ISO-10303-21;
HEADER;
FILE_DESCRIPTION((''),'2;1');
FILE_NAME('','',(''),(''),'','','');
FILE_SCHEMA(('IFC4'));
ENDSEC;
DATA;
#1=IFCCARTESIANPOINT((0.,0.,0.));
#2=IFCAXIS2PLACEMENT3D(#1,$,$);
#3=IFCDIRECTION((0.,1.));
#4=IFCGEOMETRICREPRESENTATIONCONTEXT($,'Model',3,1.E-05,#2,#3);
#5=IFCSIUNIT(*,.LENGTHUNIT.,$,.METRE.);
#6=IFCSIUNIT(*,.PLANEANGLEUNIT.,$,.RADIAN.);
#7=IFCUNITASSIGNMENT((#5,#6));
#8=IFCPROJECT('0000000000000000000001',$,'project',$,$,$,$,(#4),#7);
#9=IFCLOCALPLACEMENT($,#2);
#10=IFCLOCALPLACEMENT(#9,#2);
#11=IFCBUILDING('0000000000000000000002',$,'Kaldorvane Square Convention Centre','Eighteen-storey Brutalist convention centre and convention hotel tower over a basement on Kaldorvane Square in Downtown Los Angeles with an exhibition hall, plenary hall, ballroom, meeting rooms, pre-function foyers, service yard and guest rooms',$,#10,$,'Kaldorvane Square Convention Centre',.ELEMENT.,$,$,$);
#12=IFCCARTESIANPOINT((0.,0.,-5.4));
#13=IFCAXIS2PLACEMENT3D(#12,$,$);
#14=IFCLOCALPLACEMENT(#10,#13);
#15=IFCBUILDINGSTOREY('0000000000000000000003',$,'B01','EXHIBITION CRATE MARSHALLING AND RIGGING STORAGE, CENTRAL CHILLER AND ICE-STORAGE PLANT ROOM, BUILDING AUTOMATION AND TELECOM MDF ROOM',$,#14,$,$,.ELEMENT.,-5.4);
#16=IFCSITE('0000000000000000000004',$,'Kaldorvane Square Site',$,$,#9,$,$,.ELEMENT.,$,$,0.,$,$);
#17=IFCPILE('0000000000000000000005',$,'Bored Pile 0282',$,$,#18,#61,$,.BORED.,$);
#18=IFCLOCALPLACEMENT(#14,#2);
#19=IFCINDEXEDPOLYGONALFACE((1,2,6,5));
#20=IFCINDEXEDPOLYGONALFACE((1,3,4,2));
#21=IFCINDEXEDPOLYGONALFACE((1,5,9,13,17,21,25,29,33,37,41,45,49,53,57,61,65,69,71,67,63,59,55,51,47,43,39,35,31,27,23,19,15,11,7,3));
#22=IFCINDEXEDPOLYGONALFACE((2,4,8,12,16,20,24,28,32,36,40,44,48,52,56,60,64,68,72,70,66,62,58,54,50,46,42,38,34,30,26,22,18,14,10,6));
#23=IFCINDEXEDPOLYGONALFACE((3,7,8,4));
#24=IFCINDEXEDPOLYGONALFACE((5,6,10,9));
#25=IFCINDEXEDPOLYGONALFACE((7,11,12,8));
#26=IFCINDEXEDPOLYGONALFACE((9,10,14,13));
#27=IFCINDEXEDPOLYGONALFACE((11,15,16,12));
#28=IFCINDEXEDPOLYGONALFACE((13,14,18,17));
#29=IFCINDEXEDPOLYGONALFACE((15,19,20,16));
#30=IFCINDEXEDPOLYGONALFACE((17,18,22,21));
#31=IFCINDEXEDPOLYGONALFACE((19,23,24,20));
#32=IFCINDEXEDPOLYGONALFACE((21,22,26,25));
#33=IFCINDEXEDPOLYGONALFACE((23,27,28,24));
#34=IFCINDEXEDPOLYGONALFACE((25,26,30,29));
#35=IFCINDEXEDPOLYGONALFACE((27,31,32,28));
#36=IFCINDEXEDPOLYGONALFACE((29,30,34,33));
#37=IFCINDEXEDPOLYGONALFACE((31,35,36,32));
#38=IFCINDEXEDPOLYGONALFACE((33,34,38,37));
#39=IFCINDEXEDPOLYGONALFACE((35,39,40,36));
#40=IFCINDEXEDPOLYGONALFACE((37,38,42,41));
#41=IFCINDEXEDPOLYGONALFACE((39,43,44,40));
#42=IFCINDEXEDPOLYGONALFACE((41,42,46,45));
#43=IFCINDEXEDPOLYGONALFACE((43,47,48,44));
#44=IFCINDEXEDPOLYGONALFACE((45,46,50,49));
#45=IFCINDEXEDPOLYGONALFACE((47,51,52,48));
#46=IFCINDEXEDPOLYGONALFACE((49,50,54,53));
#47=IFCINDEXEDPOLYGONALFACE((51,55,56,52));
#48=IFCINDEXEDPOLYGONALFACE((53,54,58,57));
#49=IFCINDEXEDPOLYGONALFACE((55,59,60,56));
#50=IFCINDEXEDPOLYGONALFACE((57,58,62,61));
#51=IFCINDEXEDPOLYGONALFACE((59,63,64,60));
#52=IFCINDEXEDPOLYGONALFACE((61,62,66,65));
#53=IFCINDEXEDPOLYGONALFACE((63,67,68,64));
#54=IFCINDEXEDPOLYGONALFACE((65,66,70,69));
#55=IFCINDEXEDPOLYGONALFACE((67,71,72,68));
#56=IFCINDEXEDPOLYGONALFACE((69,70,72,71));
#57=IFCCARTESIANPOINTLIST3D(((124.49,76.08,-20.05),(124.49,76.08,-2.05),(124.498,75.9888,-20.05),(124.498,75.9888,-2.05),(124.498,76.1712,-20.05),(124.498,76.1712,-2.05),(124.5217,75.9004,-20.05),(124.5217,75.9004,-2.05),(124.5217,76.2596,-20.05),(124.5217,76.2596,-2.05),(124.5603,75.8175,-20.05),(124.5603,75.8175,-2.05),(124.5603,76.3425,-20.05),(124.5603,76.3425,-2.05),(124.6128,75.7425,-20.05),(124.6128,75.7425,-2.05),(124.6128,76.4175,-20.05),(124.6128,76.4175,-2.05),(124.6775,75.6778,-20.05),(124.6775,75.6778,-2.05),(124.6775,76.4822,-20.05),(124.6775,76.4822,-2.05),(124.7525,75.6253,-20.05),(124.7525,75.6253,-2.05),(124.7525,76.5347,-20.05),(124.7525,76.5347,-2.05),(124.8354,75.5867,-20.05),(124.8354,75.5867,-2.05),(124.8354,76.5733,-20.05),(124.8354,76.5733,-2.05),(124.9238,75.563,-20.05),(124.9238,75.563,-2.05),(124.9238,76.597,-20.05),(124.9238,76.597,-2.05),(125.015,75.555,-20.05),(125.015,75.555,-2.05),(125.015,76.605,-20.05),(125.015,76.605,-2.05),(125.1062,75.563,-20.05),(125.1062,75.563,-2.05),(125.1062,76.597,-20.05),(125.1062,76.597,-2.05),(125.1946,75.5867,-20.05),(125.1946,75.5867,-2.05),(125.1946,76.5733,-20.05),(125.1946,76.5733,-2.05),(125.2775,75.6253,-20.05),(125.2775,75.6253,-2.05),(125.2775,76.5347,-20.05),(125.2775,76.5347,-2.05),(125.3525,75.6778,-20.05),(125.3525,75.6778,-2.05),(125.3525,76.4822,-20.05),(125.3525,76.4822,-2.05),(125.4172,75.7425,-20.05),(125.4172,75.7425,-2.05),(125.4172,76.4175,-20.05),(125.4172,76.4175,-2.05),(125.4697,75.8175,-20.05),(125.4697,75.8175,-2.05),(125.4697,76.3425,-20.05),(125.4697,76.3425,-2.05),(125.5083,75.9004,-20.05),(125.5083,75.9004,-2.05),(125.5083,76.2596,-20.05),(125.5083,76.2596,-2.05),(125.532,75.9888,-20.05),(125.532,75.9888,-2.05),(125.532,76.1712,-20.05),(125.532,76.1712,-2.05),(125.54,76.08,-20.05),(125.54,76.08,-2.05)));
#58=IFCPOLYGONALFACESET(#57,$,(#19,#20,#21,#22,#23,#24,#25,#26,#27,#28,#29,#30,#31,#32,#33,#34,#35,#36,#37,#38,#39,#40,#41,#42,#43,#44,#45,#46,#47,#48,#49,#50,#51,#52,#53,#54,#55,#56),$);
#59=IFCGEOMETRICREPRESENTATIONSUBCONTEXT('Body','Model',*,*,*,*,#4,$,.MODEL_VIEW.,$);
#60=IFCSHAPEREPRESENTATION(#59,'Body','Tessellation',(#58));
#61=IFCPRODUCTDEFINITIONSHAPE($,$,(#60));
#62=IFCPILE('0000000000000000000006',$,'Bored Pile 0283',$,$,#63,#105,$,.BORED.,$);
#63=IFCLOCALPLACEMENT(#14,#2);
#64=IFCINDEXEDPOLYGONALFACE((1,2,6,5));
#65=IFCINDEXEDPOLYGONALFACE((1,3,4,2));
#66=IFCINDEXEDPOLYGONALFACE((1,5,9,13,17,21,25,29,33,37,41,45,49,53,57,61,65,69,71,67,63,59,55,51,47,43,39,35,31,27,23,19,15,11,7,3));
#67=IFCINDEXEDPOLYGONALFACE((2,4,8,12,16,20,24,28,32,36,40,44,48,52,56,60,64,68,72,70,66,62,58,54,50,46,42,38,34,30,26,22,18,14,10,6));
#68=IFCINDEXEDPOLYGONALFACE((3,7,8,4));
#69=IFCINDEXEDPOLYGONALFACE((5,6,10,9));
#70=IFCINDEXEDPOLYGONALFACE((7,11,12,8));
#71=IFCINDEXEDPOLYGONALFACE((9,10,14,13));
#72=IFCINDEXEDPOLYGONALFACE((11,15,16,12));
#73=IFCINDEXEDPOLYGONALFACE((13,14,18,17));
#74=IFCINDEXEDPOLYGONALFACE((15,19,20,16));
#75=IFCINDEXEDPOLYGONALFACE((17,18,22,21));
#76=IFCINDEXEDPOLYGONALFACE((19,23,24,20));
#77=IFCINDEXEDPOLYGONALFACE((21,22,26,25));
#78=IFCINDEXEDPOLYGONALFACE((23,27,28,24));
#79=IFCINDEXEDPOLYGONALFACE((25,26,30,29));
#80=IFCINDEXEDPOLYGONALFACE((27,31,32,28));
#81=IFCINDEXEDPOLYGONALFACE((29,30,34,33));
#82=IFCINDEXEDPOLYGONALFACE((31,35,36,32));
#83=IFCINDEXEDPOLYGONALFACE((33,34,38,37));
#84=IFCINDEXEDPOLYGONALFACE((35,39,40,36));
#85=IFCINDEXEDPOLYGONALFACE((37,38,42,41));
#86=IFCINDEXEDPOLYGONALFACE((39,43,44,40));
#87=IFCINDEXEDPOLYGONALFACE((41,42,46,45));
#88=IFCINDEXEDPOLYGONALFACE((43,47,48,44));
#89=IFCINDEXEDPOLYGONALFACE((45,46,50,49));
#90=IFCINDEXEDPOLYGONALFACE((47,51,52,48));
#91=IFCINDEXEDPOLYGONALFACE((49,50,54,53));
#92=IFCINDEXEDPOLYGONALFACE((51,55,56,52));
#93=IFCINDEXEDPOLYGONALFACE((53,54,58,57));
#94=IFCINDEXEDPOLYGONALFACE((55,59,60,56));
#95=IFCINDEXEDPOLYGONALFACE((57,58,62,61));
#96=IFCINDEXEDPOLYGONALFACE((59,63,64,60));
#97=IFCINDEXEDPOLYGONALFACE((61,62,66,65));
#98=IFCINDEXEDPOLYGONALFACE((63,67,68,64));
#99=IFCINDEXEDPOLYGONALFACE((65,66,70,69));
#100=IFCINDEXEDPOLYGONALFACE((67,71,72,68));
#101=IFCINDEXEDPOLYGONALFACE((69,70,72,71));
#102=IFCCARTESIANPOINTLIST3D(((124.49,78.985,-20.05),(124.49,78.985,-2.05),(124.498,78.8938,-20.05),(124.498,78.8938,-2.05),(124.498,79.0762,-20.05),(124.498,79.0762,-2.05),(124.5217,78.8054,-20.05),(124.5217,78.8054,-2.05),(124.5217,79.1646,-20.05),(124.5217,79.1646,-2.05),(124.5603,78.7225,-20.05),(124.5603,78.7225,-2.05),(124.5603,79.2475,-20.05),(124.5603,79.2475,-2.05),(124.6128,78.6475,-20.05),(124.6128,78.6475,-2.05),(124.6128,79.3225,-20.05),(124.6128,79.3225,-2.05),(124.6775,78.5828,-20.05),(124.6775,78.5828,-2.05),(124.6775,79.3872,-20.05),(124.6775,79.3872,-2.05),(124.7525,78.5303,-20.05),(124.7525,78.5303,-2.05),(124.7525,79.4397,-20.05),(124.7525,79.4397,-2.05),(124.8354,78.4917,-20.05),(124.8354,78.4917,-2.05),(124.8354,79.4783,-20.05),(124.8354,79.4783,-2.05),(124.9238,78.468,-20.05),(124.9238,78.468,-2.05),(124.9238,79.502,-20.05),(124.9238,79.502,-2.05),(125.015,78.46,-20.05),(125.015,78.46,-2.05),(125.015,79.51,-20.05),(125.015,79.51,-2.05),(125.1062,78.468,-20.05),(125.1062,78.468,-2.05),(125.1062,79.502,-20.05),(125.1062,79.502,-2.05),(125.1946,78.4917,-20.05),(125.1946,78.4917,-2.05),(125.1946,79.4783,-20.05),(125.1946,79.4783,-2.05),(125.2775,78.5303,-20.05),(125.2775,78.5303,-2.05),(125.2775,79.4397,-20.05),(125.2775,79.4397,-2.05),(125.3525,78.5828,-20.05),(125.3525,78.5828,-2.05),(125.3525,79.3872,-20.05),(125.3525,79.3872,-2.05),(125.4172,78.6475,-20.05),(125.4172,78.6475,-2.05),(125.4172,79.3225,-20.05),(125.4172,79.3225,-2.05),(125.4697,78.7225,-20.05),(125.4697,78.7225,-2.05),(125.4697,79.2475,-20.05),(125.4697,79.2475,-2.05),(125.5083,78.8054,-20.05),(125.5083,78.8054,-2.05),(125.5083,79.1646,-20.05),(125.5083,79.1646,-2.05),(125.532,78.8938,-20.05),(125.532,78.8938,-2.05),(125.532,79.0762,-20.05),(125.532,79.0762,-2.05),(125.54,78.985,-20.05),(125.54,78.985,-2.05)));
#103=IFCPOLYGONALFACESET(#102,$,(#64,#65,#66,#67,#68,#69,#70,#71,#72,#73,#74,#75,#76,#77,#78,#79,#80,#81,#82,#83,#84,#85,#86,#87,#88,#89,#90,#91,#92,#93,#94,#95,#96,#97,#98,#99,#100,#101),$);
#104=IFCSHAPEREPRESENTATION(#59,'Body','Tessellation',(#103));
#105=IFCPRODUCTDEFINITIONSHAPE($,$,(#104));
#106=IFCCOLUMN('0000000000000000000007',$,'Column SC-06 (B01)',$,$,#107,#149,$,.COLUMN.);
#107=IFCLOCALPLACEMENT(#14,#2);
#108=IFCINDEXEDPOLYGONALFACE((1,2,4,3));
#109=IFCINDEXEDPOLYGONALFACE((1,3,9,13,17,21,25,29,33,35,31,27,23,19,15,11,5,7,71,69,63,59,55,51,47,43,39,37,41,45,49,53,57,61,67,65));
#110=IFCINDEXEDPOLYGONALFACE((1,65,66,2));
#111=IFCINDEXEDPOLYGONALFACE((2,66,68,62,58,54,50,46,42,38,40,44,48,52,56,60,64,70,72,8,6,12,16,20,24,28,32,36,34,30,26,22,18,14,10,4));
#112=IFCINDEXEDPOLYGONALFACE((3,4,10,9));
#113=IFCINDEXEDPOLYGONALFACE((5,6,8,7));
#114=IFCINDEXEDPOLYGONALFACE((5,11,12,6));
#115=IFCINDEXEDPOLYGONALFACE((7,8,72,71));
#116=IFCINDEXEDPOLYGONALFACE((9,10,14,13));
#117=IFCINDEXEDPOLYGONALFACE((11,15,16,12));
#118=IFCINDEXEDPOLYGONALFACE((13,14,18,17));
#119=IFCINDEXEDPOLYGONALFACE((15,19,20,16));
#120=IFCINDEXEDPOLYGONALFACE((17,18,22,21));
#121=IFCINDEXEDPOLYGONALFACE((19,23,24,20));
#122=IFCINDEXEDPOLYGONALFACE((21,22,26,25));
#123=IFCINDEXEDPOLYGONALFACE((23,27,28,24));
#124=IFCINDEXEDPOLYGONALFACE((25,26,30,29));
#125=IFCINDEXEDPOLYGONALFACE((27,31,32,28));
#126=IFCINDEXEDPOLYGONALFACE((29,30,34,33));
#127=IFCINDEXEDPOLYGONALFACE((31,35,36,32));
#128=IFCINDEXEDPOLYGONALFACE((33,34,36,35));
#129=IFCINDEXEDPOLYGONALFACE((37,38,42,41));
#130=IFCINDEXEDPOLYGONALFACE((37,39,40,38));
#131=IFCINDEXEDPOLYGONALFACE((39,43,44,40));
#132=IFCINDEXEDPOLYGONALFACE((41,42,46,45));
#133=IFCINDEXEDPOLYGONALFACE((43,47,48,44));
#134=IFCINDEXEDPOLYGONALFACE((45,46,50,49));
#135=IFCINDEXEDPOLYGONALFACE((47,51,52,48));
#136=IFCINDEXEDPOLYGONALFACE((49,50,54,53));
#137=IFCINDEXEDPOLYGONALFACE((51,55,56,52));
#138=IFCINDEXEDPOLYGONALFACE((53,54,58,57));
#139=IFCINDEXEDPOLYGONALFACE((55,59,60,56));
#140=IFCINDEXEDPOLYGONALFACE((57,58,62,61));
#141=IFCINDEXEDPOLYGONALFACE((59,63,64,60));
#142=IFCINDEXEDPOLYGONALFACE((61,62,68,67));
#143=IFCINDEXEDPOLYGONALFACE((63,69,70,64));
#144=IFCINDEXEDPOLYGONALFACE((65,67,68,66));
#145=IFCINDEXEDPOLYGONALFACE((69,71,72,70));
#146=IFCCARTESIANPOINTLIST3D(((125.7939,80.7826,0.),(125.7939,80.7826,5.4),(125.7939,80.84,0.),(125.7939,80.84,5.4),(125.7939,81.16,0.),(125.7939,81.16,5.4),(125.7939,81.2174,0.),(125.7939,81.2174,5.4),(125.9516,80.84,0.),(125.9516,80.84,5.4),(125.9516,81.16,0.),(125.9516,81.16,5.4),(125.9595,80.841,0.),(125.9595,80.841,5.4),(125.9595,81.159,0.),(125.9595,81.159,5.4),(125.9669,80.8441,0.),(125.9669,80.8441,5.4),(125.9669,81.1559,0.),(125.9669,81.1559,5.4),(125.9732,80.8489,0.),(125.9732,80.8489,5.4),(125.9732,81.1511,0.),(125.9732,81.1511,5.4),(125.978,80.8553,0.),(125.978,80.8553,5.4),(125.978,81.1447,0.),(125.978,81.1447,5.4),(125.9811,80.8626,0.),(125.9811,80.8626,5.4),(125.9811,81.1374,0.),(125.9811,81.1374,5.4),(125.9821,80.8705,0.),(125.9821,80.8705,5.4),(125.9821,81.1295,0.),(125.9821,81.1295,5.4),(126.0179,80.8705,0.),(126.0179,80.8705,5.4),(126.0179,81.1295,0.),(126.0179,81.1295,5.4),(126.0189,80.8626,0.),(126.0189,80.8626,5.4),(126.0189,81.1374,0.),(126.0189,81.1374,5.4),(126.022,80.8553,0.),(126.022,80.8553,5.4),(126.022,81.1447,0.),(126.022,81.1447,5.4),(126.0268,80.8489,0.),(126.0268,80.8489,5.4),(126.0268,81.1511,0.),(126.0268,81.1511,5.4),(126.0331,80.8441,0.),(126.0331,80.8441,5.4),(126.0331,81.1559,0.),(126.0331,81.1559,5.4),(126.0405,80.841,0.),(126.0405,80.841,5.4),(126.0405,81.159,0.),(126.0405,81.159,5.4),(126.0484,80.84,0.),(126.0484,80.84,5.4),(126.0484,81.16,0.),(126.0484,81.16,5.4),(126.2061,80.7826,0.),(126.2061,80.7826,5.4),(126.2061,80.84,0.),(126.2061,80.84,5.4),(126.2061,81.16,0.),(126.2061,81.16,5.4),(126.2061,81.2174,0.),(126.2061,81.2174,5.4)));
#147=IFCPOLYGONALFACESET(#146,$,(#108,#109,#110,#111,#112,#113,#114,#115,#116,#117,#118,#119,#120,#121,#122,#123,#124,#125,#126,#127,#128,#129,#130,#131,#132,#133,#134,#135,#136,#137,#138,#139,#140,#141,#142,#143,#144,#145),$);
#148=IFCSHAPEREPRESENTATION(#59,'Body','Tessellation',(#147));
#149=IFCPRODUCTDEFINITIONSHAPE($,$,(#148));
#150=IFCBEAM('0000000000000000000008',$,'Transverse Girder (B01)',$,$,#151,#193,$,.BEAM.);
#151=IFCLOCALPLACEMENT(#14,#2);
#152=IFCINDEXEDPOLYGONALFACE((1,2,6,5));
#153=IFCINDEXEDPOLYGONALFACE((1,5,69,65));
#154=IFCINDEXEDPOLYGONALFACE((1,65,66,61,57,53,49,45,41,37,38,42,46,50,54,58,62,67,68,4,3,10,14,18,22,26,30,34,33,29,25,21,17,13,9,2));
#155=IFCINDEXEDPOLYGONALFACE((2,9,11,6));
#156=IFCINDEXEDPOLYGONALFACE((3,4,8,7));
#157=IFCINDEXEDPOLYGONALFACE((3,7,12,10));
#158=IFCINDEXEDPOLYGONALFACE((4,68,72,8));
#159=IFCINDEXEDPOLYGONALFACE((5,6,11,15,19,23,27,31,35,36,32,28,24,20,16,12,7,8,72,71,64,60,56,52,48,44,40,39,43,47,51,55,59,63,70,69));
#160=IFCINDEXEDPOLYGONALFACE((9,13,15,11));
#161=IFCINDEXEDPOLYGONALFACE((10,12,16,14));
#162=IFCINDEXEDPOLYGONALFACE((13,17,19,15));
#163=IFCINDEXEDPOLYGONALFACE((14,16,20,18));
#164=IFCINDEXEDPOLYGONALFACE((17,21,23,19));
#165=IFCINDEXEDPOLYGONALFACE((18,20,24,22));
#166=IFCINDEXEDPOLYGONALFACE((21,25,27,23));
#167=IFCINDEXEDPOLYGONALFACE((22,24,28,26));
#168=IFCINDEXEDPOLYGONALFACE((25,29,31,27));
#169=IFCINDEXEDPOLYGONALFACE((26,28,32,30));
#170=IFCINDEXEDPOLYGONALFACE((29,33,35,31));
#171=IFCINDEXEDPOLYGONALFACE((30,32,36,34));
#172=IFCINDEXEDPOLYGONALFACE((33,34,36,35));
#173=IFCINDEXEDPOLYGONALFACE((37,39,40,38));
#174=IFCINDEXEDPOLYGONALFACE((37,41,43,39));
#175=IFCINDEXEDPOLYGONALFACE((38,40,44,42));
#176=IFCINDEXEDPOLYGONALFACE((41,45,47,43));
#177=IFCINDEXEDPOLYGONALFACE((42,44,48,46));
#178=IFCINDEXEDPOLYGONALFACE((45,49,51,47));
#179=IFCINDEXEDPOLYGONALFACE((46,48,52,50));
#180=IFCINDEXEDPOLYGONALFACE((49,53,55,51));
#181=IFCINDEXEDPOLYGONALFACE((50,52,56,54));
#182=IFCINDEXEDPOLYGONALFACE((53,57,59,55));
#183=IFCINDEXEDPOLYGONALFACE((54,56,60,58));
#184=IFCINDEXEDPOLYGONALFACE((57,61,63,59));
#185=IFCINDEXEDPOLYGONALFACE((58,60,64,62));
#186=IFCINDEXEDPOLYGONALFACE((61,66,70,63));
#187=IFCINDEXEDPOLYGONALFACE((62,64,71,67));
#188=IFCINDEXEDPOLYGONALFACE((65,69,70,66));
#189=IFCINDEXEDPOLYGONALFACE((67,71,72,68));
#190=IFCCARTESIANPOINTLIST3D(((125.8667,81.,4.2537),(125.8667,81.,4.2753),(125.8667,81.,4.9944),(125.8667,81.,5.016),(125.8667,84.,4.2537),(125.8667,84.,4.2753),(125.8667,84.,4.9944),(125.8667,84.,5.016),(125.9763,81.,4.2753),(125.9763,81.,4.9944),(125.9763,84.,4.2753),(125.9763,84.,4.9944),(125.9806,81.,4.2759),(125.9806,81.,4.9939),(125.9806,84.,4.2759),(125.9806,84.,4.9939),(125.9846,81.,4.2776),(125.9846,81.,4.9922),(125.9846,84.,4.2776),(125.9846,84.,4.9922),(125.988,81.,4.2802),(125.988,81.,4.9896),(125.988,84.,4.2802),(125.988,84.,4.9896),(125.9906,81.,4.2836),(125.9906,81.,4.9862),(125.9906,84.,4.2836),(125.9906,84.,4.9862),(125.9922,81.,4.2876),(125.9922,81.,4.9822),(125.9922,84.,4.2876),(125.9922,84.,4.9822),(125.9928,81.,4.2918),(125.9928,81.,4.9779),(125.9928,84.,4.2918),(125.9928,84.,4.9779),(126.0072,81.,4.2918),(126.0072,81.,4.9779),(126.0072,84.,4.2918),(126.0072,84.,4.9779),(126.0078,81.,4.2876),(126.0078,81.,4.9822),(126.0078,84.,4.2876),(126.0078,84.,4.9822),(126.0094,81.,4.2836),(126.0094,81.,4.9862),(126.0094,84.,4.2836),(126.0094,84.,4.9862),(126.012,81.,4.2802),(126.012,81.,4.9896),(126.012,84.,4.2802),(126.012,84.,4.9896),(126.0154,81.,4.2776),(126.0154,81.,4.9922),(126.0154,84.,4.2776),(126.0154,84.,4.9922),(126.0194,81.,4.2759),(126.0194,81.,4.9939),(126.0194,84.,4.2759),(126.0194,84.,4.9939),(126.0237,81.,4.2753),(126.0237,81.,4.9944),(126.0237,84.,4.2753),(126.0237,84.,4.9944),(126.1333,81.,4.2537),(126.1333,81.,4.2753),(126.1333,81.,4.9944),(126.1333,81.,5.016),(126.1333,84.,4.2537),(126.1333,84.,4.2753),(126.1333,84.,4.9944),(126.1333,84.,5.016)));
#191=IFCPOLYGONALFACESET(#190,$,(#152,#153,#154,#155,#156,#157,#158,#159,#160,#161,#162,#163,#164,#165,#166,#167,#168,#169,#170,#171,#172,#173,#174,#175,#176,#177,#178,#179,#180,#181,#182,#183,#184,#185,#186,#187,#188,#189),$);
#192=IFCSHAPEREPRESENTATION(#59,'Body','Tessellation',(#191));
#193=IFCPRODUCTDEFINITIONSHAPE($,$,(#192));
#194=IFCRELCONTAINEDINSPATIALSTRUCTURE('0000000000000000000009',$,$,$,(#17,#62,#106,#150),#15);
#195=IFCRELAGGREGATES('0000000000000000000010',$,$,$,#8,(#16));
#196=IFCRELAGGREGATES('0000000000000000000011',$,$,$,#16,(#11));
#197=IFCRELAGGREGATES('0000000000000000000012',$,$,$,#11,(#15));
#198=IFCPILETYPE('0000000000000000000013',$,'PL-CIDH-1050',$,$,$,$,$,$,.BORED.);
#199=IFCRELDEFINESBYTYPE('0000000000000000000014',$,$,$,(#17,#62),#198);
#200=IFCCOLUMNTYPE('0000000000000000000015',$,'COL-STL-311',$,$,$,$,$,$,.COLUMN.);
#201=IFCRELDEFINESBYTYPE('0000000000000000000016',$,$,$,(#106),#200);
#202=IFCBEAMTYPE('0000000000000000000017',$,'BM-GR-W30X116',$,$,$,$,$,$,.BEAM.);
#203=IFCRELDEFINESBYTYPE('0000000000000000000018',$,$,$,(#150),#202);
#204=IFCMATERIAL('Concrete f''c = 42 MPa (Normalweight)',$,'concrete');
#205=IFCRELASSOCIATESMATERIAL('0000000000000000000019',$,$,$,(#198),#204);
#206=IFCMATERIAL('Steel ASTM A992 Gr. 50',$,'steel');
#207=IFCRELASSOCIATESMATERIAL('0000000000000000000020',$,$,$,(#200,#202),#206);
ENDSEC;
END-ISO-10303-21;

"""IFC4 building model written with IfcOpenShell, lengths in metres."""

from ifc_helpers import new_model, si_unit, direction, frame, origin, origin_2d, place, context, subcontext, project, spatial, circle, i_section, extrude, material, material_profile, profile_set, type_object, element, save


model = new_model("IFC4")

# Units and contexts
model_context = context("Model", 3, precision=1e-05, world=origin(), true_north=direction((0.0, 1.0)))
body_context = subcontext(model_context, "Body", "Model", "MODEL_VIEW")
ifc_project = project(units=[si_unit("LENGTHUNIT", "METRE"), si_unit("PLANEANGLEUNIT", "RADIAN")], contexts=[model_context])

# Site, building, storey
site_placement = place(None, origin())
site = spatial("IfcSite", under=ifc_project, at=site_placement, Name="Kaldorvane Square Site", CompositionType="ELEMENT", RefElevation=0.0)
building_placement = place(site_placement, origin())
building = spatial("IfcBuilding", under=site, at=building_placement, Name="Kaldorvane Square Convention Centre", Description="Eighteen-storey Brutalist convention centre and convention hotel tower over a basement on Kaldorvane Square in Downtown Los Angeles with an exhibition hall, plenary hall, ballroom, meeting rooms, pre-function foyers, service yard and guest rooms", LongName="Kaldorvane Square Convention Centre", CompositionType="ELEMENT")
storey_placement = place(building_placement, frame((0.0, 0.0, -5.4)))
storey = spatial("IfcBuildingStorey", under=building, at=storey_placement, Name="B01", Description="EXHIBITION CRATE MARSHALLING AND RIGGING STORAGE, CENTRAL CHILLER AND ICE-STORAGE PLANT ROOM, BUILDING AUTOMATION AND TELECOM MDF ROOM", CompositionType="ELEMENT", Elevation=-5.4)

# Shared definitions
ifc_material_1 = material(Name="Concrete f'c = 42 MPa (Normalweight)", Category="concrete")

# Piles
ifc_material_profile_1 = material_profile(ifc_material_1, circle(Radius=0.525, at=origin_2d()), Name="PILE-D1050")
ifc_profile_set_1 = profile_set([ifc_material_profile_1], Name="Concrete f'c = 42 MPa (Normalweight)")
pile_type = type_object("IfcPileType", Name="PL-CIDH-1050", PredefinedType="BORED", material=ifc_profile_set_1)
for number, where, z_axis, x_axis, name in (
    (1, (125.015, 76.08, -2.05), (0.0, 0.0, -1.0), (1.0, 0.0, 0.0), "Bored Pile 0282"),
    (2, (125.015, 78.985, -2.05), (0.0, 0.0, -1.0), (1.0, 0.0, 0.0), "Bored Pile 0283"),
):
    element("IfcPile", number, at=place(storey_placement, frame(where, z_axis=z_axis, x_axis=x_axis)), inside=storey, type_object=pile_type, Name=name, PredefinedType="BORED", context=body_context, shape_type="SweptSolid", body=[
        extrude(circle(Radius=0.525, at=origin_2d()), origin(), (0.0, 0.0, 1.0), 18.0),
    ])

# Column
ifc_material_2 = material(Name="Steel ASTM A992 Gr. 50", Category="steel")
ifc_material_profile_2 = material_profile(ifc_material_2, i_section(OverallWidth=0.4122, OverallDepth=0.4348, WebThickness=0.0358, FlangeThickness=0.0574, FilletRadius=0.0305, at=origin_2d()), Name="W14X311")
ifc_profile_set_2 = profile_set([ifc_material_profile_2], Name="Steel ASTM A992 Gr. 50")
column_type = type_object("IfcColumnType", Name="COL-STL-311", PredefinedType="COLUMN", material=ifc_profile_set_2)
column_placement = place(storey_placement, frame((126.0, 81.0, 0.0), z_axis=(0.0, 0.0, 1.0), x_axis=(1.0, 0.0, 0.0)))
element("IfcColumn", 3, at=column_placement, inside=storey, type_object=column_type, Name="Column SC-06 (B01)", PredefinedType="COLUMN", context=body_context, shape_type="SweptSolid", body=[
    extrude(i_section(OverallWidth=0.4122, OverallDepth=0.4348, WebThickness=0.0358, FlangeThickness=0.0574, FilletRadius=0.0305, at=origin_2d()), origin(), (0.0, 0.0, 1.0), 5.4),
])

# Beam
ifc_material_profile_3 = material_profile(ifc_material_2, i_section(OverallWidth=0.2666, OverallDepth=0.7623, WebThickness=0.0144, FlangeThickness=0.0216, FilletRadius=0.0165, at=origin_2d()), Name="W30X116")
ifc_profile_set_3 = profile_set([ifc_material_profile_3], Name="Steel ASTM A992 Gr. 50")
beam_type_1 = type_object("IfcBeamType", Name="BM-GR-W30X116", PredefinedType="BEAM", material=ifc_profile_set_3)
beam_1_placement = place(storey_placement, frame((126.0, 81.0, 4.6349), z_axis=(0.0, 1.0, 0.0), x_axis=(-1.0, 0.0, 0.0)))
element("IfcBeam", 4, at=beam_1_placement, inside=storey, type_object=beam_type_1, Name="Transverse Girder (B01)", PredefinedType="BEAM", context=body_context, shape_type="SweptSolid", body=[
    extrude(i_section(OverallWidth=0.2666, OverallDepth=0.7623, WebThickness=0.0144, FlangeThickness=0.0216, FilletRadius=0.0165, at=origin_2d()), origin(), (0.0, 0.0, 1.0), 3.0),
])

save(model, "model.ifc")
